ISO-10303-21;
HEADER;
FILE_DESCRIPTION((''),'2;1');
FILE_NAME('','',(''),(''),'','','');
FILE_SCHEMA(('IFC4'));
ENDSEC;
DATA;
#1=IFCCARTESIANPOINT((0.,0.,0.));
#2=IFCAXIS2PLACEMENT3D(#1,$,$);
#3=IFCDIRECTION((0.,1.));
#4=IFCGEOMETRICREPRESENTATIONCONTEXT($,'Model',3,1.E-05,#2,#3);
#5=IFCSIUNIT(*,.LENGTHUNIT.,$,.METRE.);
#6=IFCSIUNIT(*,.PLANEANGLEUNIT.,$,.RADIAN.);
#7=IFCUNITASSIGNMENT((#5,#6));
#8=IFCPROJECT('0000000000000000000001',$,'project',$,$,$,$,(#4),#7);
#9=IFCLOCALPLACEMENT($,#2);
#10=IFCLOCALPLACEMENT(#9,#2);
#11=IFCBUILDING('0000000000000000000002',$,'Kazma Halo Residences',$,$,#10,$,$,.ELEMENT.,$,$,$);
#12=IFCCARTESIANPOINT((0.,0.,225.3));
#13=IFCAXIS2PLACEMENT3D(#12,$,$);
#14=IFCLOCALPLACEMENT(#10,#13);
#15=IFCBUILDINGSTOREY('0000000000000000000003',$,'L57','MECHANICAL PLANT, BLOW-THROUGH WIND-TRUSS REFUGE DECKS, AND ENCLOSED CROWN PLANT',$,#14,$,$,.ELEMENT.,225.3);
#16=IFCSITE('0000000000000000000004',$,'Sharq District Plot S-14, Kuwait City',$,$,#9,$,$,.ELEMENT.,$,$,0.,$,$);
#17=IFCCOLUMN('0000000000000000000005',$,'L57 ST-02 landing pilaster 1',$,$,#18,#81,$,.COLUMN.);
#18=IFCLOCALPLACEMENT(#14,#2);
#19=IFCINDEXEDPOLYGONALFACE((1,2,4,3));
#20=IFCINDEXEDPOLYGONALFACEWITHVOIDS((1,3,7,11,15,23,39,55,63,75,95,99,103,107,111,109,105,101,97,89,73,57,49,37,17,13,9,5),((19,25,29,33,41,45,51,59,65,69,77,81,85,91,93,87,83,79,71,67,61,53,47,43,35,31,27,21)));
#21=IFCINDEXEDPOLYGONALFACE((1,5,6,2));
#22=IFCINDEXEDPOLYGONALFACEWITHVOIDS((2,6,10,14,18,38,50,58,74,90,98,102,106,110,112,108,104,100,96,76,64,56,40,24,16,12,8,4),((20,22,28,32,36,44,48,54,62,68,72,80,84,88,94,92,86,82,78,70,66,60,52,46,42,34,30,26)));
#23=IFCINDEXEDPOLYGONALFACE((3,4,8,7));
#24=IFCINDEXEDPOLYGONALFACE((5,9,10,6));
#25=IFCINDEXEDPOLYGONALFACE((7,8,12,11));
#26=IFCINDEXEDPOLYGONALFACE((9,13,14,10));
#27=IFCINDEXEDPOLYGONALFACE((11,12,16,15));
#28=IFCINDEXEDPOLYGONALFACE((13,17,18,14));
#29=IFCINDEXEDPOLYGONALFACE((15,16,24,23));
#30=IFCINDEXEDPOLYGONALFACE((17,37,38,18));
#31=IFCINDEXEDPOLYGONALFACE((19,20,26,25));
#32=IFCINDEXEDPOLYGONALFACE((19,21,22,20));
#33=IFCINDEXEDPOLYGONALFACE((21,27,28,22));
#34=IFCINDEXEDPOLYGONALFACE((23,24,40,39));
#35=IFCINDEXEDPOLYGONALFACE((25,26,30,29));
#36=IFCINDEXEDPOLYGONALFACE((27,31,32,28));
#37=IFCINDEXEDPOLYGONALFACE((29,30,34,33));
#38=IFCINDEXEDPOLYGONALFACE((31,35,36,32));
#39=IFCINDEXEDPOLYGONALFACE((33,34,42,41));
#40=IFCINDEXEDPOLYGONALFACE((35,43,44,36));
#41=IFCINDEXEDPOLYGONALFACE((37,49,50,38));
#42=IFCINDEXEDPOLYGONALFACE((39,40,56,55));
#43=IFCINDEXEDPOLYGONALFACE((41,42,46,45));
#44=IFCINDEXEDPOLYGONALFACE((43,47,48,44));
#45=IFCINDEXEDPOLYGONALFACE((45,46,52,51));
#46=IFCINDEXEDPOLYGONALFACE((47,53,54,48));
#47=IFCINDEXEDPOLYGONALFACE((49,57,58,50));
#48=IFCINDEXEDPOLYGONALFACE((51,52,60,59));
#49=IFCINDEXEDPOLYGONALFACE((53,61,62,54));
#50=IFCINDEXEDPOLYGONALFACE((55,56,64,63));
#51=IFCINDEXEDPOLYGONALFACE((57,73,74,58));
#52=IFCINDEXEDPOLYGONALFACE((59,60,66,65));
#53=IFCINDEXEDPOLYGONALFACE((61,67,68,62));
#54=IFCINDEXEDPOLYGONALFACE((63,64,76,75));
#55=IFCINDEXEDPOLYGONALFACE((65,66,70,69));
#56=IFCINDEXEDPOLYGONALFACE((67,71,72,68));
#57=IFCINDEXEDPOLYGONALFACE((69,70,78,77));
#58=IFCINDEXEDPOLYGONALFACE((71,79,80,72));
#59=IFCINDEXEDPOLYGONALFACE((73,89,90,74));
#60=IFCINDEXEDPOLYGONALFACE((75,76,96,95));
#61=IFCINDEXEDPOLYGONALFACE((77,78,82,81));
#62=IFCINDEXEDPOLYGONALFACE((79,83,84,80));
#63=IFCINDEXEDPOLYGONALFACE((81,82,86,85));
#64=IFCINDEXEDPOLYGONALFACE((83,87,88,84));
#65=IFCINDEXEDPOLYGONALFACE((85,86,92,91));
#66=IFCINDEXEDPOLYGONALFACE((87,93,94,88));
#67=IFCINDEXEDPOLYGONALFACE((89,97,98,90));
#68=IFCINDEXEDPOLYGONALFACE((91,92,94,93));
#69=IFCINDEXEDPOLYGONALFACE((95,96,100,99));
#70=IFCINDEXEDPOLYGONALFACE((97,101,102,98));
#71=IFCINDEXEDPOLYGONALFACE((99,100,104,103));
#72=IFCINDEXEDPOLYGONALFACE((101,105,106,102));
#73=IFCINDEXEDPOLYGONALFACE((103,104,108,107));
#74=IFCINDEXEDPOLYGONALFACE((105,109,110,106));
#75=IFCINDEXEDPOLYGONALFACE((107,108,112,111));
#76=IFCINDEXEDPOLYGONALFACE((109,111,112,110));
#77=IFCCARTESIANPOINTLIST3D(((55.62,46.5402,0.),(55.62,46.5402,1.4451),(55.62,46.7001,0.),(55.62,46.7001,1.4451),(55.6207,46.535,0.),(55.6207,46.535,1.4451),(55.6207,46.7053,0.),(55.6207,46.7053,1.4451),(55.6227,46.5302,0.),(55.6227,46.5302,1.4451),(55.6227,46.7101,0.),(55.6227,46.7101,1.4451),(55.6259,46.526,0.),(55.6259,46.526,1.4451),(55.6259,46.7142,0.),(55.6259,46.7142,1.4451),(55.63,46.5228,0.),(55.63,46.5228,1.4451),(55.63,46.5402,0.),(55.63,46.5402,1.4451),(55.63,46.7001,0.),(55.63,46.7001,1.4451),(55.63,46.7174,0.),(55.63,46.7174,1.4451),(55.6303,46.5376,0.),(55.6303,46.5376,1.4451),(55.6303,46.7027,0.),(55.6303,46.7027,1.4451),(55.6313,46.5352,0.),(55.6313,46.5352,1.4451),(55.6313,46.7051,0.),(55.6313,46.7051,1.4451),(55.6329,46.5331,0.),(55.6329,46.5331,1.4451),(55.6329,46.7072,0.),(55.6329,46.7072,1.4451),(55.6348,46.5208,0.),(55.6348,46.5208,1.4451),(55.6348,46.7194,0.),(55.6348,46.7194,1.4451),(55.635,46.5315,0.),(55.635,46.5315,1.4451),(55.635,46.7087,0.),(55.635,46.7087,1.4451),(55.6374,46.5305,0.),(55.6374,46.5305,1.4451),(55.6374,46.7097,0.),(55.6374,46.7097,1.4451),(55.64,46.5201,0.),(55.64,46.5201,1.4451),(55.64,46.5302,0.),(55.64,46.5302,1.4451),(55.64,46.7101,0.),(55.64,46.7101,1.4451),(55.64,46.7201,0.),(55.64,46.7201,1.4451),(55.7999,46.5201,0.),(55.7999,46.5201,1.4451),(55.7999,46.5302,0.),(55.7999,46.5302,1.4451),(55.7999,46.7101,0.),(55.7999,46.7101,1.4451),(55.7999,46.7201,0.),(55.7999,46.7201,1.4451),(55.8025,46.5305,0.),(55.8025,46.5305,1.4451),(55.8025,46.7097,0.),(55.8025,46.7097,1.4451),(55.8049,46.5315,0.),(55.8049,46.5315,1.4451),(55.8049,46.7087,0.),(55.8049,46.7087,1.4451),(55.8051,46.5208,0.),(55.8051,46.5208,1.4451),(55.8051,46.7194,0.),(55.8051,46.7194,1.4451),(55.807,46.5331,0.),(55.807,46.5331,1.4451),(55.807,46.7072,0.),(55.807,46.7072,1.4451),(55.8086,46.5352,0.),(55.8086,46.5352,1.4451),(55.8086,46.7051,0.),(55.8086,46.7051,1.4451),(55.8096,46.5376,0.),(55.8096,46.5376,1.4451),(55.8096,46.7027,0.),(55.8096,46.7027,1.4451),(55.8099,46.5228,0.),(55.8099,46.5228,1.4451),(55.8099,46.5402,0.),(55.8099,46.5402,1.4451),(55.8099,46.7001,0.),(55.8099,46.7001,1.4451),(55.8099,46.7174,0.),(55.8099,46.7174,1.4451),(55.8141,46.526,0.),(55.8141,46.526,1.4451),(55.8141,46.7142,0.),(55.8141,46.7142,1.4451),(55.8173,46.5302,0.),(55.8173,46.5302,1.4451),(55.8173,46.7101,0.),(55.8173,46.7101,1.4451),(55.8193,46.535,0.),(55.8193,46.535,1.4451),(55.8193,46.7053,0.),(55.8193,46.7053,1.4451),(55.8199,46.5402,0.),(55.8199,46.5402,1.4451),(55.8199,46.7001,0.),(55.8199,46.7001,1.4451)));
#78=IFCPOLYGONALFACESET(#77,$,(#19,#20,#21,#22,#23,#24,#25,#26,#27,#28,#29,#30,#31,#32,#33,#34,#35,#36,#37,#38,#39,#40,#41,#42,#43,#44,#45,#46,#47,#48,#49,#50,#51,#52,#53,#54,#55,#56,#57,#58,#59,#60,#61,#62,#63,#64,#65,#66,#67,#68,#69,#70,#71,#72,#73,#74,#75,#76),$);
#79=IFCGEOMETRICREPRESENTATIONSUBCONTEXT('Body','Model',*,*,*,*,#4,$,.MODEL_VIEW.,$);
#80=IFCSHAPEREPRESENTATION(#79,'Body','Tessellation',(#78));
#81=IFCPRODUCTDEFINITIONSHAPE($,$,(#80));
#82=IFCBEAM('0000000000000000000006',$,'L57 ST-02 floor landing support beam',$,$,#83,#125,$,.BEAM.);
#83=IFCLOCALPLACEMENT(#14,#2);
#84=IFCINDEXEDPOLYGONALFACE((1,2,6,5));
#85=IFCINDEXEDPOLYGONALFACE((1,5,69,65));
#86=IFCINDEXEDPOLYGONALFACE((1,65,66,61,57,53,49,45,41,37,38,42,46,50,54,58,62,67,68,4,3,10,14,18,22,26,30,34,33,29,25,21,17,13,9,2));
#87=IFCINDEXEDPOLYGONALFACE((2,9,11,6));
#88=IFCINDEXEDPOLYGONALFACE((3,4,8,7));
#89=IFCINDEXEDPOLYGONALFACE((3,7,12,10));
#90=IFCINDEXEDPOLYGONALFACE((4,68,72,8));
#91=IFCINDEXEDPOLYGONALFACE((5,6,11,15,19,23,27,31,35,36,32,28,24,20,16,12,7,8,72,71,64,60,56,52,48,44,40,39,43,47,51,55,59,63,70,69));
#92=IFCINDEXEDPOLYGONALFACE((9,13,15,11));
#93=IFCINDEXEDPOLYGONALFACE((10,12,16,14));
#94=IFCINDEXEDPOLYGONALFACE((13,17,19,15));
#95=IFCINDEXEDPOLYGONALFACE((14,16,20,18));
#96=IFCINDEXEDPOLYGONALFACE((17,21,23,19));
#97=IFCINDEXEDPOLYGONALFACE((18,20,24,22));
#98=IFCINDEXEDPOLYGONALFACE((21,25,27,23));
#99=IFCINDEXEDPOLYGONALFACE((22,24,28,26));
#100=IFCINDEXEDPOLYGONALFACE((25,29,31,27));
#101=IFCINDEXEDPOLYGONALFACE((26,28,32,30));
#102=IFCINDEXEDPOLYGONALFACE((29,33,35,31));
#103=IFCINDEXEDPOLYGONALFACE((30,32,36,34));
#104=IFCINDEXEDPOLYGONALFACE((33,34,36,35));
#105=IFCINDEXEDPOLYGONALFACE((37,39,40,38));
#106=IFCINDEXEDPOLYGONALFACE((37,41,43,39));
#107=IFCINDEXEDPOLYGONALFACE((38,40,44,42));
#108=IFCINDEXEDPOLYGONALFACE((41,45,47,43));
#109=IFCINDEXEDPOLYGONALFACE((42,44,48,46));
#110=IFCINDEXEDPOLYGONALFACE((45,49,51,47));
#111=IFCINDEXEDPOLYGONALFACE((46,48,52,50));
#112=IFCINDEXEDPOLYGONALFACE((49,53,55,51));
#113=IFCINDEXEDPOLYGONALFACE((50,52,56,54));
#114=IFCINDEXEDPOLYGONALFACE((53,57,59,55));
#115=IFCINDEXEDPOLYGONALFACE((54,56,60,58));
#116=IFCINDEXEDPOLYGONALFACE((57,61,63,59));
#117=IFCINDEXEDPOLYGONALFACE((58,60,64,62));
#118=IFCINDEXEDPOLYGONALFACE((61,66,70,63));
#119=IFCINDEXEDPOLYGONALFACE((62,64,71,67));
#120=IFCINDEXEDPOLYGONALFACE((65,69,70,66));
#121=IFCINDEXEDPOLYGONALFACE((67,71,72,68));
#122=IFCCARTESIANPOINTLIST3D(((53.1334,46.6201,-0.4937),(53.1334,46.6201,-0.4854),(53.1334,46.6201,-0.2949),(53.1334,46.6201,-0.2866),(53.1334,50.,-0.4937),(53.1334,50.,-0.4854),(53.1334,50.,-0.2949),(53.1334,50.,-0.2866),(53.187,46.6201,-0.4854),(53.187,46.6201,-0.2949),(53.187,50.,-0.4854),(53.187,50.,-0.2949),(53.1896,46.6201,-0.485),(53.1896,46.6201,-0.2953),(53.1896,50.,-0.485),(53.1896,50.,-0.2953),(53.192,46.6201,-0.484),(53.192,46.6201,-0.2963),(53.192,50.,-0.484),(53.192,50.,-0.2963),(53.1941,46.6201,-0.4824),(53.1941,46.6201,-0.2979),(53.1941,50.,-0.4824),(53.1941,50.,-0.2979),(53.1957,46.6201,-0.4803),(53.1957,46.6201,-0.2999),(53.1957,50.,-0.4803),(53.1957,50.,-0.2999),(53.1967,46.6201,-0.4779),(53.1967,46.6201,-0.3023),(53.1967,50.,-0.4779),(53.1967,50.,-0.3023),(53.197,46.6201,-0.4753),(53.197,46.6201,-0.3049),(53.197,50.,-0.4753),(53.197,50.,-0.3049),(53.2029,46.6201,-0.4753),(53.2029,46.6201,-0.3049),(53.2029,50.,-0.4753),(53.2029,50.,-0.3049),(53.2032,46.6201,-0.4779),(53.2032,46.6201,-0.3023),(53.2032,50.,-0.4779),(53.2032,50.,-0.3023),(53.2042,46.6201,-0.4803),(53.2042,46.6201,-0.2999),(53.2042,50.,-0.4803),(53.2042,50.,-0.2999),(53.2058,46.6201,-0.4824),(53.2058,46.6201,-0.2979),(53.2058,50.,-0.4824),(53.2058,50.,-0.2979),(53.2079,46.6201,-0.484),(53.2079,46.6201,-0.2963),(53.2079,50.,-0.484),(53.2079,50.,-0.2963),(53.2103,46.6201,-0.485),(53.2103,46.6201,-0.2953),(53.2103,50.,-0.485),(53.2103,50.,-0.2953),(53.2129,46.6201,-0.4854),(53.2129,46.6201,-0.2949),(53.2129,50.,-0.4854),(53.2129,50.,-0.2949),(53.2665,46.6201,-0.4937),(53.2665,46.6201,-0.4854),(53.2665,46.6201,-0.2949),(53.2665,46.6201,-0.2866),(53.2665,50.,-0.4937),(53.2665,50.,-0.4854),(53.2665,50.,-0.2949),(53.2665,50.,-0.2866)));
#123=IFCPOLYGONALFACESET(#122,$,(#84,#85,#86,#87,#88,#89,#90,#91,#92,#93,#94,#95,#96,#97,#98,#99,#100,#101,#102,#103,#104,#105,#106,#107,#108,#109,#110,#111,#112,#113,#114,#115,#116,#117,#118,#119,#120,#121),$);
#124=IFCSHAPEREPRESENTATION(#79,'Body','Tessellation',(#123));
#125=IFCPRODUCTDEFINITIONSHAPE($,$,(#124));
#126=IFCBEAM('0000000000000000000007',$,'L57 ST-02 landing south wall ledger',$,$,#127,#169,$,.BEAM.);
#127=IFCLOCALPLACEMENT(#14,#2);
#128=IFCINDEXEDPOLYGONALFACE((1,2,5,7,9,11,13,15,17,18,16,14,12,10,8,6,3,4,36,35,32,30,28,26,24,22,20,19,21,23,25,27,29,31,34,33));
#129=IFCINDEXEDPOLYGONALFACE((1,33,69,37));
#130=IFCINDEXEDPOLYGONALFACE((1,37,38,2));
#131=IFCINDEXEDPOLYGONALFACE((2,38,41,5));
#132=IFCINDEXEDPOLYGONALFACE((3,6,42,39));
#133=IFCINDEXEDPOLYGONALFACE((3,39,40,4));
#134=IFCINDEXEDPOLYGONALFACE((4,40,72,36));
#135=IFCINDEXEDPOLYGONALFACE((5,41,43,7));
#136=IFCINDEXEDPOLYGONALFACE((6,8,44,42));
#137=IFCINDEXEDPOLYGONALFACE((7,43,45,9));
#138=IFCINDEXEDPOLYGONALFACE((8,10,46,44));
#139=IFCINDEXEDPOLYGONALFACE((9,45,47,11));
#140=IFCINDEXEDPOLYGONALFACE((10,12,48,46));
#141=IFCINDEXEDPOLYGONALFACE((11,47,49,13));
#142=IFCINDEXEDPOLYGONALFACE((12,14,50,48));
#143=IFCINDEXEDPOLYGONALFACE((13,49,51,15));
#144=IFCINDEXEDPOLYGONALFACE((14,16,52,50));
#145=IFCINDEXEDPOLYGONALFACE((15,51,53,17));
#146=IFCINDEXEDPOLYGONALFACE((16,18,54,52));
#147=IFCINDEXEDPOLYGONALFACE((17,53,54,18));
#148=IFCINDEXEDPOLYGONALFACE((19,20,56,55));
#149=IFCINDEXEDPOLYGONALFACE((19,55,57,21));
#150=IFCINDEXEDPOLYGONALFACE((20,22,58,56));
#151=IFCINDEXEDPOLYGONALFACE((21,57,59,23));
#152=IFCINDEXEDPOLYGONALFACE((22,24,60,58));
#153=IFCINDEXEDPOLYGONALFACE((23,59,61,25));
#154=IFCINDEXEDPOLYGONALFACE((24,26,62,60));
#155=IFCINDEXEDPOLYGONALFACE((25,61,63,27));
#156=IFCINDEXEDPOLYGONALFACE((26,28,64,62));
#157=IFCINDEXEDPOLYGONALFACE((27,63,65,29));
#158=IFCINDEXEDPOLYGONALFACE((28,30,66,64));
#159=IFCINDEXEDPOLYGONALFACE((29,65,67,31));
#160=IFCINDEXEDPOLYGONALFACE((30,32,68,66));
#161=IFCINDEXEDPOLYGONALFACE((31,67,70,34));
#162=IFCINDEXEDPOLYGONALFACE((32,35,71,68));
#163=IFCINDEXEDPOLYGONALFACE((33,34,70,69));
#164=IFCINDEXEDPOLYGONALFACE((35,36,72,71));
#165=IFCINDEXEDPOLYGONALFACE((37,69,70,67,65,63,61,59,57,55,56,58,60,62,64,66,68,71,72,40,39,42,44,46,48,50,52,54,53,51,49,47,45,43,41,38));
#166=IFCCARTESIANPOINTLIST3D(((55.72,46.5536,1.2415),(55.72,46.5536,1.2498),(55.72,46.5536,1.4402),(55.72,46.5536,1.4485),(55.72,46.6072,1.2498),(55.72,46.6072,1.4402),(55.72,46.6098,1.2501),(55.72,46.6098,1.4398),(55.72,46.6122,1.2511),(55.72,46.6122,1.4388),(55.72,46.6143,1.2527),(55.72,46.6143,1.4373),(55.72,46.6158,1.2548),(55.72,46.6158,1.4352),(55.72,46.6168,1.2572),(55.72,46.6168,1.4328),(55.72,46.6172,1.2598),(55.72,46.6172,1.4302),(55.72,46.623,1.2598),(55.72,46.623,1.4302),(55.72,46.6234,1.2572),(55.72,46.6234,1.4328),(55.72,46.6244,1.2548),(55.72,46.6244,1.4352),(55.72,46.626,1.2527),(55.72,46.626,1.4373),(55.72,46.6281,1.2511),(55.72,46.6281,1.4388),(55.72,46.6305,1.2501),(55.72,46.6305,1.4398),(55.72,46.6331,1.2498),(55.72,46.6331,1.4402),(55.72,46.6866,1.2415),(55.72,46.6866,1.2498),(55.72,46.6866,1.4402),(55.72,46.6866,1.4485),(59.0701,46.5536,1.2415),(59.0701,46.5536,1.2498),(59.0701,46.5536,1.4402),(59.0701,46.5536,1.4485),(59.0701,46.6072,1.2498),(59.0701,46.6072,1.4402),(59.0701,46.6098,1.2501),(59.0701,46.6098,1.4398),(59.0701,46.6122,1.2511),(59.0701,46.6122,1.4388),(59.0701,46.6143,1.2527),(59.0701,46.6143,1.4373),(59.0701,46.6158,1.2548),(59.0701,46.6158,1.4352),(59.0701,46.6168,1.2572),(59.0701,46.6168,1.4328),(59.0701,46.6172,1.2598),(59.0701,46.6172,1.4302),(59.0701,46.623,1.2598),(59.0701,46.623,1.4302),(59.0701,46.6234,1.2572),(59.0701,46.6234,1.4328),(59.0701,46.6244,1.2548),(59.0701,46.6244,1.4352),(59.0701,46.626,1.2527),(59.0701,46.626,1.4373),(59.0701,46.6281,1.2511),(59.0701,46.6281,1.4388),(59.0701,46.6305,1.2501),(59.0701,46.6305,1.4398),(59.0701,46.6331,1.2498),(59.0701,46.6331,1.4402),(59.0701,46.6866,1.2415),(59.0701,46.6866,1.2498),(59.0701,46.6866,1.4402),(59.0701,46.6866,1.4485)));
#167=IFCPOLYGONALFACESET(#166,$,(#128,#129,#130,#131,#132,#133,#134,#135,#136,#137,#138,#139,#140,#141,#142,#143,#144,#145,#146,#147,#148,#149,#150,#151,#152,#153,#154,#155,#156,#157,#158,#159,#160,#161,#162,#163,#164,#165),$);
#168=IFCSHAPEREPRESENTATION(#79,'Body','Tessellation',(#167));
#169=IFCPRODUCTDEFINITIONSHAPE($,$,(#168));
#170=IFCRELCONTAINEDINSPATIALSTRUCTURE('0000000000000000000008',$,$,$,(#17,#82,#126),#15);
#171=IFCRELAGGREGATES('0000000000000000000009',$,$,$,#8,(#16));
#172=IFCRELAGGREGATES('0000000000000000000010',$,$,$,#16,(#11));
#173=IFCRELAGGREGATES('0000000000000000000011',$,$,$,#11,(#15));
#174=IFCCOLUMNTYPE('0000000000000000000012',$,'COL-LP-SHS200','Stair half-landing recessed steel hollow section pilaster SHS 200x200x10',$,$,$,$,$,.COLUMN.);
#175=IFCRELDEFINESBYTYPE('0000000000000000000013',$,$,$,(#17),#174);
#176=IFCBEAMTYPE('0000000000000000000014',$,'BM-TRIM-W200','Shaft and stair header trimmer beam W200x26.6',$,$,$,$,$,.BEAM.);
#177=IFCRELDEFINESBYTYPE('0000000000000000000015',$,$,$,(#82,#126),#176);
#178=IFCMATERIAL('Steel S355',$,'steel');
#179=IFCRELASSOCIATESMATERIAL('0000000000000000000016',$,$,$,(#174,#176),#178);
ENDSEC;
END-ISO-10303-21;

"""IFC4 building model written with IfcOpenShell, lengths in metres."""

from ifc_helpers import new_model, si_unit, direction, frame, origin, origin_2d, place, context, subcontext, project, spatial, hollow_rectangle, i_section, extrude, material, material_profile, profile_set, type_object, element, save


model = new_model("IFC4")

# Units and contexts
model_context = context("Model", 3, precision=1e-05, world=origin(), true_north=direction((0.0, 1.0)))
body_context = subcontext(model_context, "Body", "Model", "MODEL_VIEW")
ifc_project = project(units=[si_unit("LENGTHUNIT", "METRE"), si_unit("PLANEANGLEUNIT", "RADIAN")], contexts=[model_context])

# Site, building, storey
site_placement = place(None, origin())
site = spatial("IfcSite", under=ifc_project, at=site_placement, Name="Sharq District Plot S-14, Kuwait City", CompositionType="ELEMENT", RefElevation=0.0)
building_placement = place(site_placement, origin())
building = spatial("IfcBuilding", under=site, at=building_placement, Name="Kazma Halo Residences", CompositionType="ELEMENT")
storey_placement = place(building_placement, frame((0.0, 0.0, 225.3)))
storey = spatial("IfcBuildingStorey", under=building, at=storey_placement, Name="L57", Description="MECHANICAL PLANT, BLOW-THROUGH WIND-TRUSS REFUGE DECKS, AND ENCLOSED CROWN PLANT", CompositionType="ELEMENT", Elevation=225.3)

# Column
ifc_material_1 = material(Name="Steel S355", Category="steel")
ifc_material_profile_1 = material_profile(ifc_material_1, hollow_rectangle(XDim=0.2, YDim=0.2, WallThickness=0.01, InnerFilletRadius=0.01, OuterFilletRadius=0.02, at=origin_2d()), Name="SHS200x200x10")
ifc_profile_set_1 = profile_set([ifc_material_profile_1], Name="Steel S355")
column_type = type_object("IfcColumnType", Name="COL-LP-SHS200", Description="Stair half-landing recessed steel hollow section pilaster SHS 200x200x10", PredefinedType="COLUMN", material=ifc_profile_set_1)
column_placement = place(storey_placement, frame((55.72, 46.6201, 0.0), z_axis=(0.0, 0.0, 1.0), x_axis=(1.0, 0.0, 0.0)))
element("IfcColumn", 1, at=column_placement, inside=storey, type_object=column_type, Name="L57 ST-02 landing pilaster 1", PredefinedType="COLUMN", context=body_context, shape_type="SweptSolid", body=[
    extrude(hollow_rectangle(XDim=0.2, YDim=0.2, WallThickness=0.01, InnerFilletRadius=0.01, OuterFilletRadius=0.02, at=origin_2d()), origin(), (0.0, 0.0, 1.0), 1.4451),
])

# Beams
ifc_material_profile_2 = material_profile(ifc_material_1, i_section(OverallWidth=0.1331, OverallDepth=0.207, WebThickness=0.0059, FlangeThickness=0.0083, FilletRadius=0.01, at=origin_2d()), Name="W200x26.6")
ifc_profile_set_2 = profile_set([ifc_material_profile_2], Name="Steel S355")
beam_type = type_object("IfcBeamType", Name="BM-TRIM-W200", Description="Shaft and stair header trimmer beam W200x26.6", PredefinedType="BEAM", material=ifc_profile_set_2)
beam_1_placement = place(storey_placement, frame((53.2, 46.6201, -0.3901), z_axis=(0.0, 1.0, 0.0), x_axis=(-1.0, 0.0, 0.0)))
element("IfcBeam", 2, at=beam_1_placement, inside=storey, type_object=beam_type, Name="L57 ST-02 floor landing support beam", PredefinedType="BEAM", context=body_context, shape_type="SweptSolid", body=[
    extrude(i_section(OverallWidth=0.1331, OverallDepth=0.207, WebThickness=0.0059, FlangeThickness=0.0083, FilletRadius=0.01, at=origin_2d()), origin(), (0.0, 0.0, 1.0), 3.3799),
])
beam_2_placement = place(storey_placement, frame((55.72, 46.6201, 1.345), z_axis=(1.0, 0.0, 0.0), x_axis=(0.0, 1.0, 0.0)))
element("IfcBeam", 3, at=beam_2_placement, inside=storey, type_object=beam_type, Name="L57 ST-02 landing south wall ledger", PredefinedType="BEAM", context=body_context, shape_type="SweptSolid", body=[
    extrude(i_section(OverallWidth=0.1331, OverallDepth=0.207, WebThickness=0.0059, FlangeThickness=0.0083, FilletRadius=0.01, at=origin_2d()), origin(), (0.0, 0.0, 1.0), 3.3501),
])

save(model, "model.ifc")
